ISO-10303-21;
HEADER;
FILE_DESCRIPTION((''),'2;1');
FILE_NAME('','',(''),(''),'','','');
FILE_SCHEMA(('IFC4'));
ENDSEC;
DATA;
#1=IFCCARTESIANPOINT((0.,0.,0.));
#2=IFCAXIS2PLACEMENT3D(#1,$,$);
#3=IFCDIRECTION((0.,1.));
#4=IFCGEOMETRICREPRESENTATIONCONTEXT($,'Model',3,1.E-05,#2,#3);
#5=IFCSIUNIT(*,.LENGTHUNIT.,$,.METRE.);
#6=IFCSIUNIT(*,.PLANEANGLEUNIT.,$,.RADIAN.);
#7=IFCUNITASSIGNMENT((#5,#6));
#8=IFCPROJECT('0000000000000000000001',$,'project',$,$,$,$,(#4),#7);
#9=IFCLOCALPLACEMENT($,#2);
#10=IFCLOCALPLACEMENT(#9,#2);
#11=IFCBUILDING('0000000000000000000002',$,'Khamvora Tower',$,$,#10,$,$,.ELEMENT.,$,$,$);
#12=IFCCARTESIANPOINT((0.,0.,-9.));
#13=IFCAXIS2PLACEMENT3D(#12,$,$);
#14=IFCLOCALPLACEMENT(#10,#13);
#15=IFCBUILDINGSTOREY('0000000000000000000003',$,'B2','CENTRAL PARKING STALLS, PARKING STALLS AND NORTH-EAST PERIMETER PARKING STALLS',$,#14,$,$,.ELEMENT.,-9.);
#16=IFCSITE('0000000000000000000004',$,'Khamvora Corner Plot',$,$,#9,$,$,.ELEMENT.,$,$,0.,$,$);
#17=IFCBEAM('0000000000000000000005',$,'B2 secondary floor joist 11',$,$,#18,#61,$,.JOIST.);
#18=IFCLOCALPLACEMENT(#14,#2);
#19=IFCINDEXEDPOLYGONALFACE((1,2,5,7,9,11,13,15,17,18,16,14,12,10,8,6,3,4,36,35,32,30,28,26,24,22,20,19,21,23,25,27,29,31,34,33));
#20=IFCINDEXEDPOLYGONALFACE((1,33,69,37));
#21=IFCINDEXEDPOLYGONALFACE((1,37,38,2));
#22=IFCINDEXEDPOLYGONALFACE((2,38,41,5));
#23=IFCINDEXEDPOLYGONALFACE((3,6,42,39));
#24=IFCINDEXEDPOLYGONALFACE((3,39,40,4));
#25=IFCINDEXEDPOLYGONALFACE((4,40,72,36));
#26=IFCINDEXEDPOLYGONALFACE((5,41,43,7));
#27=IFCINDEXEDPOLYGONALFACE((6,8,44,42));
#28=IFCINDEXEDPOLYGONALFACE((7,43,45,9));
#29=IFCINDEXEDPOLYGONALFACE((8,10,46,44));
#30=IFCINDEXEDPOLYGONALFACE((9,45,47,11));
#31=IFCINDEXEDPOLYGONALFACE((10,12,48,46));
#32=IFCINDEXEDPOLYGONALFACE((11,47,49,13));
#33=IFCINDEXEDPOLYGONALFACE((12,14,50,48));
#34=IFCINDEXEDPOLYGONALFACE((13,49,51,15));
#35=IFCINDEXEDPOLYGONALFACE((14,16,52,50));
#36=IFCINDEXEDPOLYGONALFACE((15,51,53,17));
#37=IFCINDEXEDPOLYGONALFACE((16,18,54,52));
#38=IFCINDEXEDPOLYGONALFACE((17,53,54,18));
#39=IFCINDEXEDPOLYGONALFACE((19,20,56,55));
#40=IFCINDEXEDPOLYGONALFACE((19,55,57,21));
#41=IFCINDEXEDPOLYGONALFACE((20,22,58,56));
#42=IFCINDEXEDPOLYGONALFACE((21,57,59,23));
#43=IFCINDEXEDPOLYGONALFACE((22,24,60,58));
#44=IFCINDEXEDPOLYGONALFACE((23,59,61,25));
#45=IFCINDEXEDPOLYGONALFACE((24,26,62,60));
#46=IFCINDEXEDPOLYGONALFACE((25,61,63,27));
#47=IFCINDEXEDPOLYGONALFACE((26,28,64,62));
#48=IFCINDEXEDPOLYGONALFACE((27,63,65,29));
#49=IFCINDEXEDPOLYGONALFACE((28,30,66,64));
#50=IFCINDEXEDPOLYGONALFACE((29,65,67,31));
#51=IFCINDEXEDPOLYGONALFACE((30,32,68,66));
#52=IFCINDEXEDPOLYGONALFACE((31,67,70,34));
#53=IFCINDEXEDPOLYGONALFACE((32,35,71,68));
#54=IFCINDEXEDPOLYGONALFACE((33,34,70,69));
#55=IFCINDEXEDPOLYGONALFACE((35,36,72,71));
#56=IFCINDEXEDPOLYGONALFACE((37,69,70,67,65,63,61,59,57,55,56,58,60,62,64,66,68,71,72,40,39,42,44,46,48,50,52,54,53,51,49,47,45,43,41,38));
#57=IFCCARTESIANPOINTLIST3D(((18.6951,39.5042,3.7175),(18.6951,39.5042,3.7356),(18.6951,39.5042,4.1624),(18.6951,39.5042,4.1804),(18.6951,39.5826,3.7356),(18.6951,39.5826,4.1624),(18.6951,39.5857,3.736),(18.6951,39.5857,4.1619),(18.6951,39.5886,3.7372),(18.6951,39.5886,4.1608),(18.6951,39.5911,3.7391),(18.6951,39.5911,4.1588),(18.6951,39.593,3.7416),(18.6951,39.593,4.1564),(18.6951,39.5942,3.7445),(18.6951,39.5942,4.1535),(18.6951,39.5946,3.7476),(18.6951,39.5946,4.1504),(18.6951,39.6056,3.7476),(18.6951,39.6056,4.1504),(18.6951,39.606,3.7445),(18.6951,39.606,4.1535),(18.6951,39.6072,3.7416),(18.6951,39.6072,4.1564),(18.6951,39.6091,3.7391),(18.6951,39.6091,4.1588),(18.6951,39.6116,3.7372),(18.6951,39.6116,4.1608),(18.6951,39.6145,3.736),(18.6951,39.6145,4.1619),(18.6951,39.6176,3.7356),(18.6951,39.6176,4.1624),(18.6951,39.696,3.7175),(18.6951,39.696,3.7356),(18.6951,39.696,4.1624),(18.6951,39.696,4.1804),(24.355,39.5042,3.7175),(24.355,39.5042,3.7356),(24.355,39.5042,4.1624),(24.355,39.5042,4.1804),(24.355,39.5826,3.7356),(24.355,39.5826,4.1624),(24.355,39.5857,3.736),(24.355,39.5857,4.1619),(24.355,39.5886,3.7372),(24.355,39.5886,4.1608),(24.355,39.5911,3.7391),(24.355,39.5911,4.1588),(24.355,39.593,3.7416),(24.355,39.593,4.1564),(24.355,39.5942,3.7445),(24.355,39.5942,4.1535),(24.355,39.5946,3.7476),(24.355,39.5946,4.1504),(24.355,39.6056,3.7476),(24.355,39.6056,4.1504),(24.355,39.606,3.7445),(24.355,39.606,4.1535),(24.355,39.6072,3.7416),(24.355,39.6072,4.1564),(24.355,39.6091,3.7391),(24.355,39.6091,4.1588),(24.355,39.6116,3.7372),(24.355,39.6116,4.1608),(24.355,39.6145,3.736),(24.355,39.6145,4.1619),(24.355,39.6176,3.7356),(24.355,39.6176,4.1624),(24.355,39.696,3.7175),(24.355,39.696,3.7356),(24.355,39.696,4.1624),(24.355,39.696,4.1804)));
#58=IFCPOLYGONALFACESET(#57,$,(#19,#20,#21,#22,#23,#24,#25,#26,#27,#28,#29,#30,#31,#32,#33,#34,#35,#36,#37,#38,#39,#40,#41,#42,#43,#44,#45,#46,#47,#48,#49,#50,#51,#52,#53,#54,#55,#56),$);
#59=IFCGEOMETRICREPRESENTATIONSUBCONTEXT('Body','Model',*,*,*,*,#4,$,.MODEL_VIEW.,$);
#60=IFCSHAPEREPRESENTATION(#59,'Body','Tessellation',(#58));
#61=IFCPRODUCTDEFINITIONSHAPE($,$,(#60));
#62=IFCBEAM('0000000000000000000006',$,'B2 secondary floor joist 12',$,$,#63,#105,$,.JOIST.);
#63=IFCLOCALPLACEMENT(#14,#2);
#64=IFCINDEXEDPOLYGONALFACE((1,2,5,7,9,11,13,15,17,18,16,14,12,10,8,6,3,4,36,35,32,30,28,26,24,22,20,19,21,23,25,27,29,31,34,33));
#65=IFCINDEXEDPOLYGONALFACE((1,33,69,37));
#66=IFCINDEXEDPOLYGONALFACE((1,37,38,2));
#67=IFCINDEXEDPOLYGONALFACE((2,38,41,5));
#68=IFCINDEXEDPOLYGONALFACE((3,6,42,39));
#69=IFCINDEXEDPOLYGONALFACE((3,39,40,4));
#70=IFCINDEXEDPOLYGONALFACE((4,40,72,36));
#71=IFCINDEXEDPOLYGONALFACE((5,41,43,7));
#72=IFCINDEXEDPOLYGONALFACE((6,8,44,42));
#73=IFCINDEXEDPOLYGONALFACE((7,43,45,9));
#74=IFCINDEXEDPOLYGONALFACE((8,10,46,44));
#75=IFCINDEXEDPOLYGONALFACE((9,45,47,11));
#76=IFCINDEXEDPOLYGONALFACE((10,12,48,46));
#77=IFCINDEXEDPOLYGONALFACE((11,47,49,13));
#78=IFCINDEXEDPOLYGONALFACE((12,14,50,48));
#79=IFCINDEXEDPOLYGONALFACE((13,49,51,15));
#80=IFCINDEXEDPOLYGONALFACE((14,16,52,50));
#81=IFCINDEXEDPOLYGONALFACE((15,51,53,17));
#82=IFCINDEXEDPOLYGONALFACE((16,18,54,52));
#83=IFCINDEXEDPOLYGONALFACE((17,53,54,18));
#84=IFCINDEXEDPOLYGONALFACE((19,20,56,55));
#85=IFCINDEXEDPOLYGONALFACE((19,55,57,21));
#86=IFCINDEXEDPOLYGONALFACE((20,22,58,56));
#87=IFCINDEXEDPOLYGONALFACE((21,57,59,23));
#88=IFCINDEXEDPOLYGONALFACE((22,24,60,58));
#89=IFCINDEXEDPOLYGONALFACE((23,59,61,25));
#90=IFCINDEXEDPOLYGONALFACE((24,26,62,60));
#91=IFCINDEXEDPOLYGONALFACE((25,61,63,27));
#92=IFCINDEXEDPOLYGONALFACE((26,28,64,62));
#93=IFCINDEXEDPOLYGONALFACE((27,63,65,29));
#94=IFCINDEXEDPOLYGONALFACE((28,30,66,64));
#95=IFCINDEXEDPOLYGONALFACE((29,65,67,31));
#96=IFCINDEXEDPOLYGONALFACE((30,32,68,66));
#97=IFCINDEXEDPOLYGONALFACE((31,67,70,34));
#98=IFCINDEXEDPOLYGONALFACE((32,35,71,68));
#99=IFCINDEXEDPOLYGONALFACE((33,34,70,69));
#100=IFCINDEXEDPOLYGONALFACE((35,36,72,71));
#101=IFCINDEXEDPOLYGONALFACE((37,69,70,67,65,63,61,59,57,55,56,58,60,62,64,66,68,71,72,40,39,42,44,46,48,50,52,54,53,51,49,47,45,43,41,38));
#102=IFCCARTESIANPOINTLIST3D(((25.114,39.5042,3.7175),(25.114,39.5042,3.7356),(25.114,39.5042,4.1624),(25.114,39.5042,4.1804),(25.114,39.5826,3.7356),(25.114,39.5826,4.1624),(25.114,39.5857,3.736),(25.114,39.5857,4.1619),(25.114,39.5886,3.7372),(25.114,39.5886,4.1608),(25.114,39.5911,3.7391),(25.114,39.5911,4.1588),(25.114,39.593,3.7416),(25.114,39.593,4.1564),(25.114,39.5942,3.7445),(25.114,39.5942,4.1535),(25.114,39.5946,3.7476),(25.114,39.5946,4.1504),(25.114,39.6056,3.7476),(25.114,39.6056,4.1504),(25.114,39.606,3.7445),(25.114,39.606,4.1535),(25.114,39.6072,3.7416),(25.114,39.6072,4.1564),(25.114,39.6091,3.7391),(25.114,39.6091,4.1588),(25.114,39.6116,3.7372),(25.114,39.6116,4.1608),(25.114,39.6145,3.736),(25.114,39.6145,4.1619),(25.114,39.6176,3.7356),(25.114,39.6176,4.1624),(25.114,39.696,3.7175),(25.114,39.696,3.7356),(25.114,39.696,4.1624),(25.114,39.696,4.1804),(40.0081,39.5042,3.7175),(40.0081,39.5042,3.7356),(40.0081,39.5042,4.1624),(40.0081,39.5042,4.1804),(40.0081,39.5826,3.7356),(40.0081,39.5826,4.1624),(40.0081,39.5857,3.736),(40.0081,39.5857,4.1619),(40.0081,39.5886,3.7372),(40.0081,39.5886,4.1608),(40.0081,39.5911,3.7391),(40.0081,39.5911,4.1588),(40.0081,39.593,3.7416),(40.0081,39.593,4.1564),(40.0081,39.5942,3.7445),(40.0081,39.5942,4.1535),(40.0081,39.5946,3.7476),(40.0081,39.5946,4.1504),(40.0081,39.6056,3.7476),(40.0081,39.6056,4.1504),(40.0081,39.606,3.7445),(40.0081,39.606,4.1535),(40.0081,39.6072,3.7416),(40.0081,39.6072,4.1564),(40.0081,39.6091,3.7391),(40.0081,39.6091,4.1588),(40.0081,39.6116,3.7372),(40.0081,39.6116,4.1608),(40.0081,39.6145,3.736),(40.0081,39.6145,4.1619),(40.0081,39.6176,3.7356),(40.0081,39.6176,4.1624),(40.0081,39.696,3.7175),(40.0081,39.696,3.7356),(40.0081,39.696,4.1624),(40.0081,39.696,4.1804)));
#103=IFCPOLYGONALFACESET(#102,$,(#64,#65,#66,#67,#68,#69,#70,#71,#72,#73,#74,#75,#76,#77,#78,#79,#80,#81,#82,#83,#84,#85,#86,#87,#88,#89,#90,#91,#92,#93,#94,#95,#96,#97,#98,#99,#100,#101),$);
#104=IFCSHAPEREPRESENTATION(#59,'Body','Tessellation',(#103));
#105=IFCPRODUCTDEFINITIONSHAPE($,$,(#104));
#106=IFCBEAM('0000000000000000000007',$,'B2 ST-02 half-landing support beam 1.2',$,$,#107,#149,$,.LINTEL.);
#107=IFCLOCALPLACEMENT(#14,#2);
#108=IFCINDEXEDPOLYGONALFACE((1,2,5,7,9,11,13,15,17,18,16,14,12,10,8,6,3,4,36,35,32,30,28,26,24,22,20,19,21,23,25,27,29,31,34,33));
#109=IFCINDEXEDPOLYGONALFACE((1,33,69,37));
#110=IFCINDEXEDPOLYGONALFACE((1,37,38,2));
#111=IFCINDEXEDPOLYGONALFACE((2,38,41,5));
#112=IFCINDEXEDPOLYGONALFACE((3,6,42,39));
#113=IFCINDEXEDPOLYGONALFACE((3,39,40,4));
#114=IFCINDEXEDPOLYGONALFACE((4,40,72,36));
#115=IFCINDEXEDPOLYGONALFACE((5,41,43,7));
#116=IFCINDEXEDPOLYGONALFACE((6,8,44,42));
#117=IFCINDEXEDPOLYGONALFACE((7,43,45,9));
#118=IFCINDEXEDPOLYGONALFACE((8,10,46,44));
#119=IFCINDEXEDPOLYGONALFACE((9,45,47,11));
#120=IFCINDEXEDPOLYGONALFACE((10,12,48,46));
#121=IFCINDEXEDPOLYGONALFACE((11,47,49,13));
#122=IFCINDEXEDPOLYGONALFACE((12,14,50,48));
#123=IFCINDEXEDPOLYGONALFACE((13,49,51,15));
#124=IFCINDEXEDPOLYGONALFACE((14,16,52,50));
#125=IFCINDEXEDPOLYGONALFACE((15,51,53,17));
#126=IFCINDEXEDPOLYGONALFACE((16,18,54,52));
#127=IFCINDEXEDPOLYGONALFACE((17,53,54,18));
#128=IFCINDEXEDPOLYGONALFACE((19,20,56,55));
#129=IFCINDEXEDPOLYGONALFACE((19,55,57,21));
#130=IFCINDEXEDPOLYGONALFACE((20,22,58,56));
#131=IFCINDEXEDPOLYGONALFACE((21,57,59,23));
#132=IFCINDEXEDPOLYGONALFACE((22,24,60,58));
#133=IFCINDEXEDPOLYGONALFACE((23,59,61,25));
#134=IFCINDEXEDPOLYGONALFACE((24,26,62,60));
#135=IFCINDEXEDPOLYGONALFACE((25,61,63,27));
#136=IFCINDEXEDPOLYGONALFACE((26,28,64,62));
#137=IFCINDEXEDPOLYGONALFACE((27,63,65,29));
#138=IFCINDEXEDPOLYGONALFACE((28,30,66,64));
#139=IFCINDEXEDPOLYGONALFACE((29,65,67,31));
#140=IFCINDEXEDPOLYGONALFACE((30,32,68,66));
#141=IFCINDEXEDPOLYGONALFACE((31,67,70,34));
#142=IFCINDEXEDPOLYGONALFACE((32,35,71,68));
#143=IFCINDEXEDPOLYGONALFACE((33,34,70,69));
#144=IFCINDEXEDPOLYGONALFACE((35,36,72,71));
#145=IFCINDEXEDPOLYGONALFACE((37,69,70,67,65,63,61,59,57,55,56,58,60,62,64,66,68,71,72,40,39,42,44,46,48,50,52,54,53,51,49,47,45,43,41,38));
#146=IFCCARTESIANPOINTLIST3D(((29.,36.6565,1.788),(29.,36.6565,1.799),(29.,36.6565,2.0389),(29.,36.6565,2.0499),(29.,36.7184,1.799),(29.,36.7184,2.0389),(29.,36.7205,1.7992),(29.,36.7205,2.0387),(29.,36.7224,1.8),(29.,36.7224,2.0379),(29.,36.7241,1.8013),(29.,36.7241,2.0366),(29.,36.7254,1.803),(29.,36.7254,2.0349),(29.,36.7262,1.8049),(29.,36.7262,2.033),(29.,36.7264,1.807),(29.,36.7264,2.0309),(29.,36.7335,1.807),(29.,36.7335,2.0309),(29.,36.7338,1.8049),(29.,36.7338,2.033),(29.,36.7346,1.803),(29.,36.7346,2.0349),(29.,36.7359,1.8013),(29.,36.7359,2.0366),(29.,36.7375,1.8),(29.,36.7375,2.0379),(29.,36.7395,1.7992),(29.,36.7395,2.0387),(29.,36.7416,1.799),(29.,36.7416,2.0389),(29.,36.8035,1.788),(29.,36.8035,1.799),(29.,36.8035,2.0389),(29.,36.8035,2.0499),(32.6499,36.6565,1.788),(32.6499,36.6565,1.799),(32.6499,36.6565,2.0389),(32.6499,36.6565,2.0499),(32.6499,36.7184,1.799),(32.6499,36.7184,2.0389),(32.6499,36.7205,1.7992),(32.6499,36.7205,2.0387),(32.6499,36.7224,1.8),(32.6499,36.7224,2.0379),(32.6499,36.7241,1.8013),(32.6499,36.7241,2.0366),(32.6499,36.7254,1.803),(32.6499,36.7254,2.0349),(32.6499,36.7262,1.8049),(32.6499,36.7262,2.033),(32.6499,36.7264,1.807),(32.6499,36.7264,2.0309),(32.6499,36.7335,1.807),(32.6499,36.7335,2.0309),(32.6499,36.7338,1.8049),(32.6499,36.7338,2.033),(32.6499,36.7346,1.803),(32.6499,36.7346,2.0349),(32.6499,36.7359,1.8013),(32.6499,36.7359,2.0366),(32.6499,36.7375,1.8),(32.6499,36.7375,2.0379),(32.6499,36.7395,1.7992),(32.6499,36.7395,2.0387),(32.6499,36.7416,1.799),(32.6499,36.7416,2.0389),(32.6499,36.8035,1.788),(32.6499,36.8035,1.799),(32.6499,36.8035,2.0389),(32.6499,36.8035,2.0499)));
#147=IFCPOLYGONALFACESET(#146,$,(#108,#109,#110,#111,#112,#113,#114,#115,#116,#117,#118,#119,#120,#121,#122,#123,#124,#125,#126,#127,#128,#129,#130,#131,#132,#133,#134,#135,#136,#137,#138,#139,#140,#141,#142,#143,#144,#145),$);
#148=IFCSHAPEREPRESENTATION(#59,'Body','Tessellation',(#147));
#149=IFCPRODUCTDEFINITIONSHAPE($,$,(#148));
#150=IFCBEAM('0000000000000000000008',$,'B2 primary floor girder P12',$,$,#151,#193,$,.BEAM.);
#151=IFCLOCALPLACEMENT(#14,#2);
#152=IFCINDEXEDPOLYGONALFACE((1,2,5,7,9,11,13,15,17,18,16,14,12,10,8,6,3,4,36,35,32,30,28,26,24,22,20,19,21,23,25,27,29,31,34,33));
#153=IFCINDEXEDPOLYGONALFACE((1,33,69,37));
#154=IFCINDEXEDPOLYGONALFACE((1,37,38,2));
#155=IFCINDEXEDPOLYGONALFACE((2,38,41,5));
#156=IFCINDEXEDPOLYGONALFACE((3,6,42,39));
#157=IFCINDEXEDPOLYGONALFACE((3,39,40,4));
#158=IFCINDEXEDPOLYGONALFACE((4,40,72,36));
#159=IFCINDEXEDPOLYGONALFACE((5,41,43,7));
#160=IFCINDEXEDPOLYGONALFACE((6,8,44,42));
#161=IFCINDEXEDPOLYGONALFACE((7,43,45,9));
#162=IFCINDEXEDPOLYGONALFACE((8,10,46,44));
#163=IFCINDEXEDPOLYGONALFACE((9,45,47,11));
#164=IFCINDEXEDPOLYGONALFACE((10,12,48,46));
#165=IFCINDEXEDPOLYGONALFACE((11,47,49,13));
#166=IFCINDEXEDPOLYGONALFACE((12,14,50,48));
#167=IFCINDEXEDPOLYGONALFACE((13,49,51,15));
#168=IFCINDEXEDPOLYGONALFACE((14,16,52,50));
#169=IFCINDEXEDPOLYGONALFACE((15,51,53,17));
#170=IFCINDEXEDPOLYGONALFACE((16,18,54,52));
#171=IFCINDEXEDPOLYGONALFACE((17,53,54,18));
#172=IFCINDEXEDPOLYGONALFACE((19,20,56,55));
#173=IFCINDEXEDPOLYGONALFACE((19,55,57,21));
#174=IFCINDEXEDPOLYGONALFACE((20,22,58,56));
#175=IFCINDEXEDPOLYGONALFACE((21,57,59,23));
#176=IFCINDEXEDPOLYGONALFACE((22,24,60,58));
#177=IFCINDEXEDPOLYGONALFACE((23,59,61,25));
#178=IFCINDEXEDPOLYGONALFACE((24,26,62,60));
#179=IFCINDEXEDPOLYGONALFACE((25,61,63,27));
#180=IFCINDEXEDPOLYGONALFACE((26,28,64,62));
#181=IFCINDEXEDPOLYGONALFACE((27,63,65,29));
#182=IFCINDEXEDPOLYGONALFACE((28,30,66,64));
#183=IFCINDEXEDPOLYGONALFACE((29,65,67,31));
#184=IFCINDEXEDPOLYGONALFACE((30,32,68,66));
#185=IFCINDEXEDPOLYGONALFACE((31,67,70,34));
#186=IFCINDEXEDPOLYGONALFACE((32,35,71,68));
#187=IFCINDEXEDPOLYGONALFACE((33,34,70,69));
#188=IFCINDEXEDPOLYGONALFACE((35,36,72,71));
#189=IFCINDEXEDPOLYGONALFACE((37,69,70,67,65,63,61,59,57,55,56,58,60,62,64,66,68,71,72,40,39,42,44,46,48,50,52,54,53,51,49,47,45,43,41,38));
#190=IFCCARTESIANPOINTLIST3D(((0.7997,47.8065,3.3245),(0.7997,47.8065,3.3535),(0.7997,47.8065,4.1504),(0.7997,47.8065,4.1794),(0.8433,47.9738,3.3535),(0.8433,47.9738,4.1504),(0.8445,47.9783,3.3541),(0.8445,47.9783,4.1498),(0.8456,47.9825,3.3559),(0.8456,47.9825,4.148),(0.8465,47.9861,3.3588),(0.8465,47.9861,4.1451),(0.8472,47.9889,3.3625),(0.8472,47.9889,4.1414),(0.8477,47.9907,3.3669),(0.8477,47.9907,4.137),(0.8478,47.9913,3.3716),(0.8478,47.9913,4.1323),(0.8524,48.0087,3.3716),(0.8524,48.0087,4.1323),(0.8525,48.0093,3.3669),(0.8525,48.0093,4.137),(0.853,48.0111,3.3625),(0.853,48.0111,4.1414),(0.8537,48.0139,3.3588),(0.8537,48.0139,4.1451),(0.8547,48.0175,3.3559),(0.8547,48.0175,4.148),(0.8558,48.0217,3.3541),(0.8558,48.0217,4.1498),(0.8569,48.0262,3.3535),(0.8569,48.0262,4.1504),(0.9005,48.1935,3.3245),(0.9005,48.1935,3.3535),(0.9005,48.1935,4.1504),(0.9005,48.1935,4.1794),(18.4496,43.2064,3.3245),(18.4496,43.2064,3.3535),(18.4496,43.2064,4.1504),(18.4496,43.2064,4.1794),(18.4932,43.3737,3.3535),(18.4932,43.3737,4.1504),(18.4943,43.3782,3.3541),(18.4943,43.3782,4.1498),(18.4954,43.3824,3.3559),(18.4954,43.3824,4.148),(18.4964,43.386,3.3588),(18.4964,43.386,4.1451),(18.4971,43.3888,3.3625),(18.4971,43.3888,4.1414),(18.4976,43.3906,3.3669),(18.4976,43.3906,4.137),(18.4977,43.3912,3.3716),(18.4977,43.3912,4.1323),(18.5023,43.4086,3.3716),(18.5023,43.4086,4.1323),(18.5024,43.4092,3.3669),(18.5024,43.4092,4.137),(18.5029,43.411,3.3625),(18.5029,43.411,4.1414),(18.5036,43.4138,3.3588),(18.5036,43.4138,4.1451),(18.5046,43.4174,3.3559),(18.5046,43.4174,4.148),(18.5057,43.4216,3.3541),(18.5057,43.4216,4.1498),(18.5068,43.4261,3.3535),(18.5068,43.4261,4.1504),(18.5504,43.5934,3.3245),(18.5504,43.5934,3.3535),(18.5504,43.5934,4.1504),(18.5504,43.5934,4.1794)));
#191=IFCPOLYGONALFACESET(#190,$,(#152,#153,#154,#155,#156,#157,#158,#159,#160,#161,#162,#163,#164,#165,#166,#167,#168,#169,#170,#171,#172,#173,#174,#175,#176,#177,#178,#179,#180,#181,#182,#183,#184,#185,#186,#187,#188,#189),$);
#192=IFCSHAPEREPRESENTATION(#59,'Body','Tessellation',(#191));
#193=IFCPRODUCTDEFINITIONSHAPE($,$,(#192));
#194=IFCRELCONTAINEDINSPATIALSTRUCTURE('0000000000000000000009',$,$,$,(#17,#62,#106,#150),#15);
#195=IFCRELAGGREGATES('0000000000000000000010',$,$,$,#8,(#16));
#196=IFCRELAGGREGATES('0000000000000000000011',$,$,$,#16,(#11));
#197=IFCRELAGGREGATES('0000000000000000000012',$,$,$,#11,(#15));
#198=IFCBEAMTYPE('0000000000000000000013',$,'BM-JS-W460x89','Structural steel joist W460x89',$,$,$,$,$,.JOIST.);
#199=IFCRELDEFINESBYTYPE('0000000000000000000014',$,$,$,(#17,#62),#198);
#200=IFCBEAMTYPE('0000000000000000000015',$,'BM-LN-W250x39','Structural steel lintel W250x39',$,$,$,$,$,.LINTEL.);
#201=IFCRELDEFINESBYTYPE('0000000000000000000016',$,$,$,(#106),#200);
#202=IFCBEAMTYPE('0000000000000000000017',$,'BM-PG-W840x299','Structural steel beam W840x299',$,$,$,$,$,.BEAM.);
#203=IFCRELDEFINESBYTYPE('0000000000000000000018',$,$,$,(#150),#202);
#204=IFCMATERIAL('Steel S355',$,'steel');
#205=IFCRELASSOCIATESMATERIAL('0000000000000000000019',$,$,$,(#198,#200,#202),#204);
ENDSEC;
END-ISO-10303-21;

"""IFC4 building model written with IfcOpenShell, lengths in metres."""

from ifc_helpers import new_model, si_unit, direction, frame, origin, origin_2d, place, context, subcontext, project, spatial, i_section, extrude, material, material_profile, profile_set, type_object, element, save


model = new_model("IFC4")

# Units and contexts
model_context = context("Model", 3, precision=1e-05, world=origin(), true_north=direction((0.0, 1.0)))
body_context = subcontext(model_context, "Body", "Model", "MODEL_VIEW")
ifc_project = project(units=[si_unit("LENGTHUNIT", "METRE"), si_unit("PLANEANGLEUNIT", "RADIAN")], contexts=[model_context])

# Site, building, storey
site_placement = place(None, origin())
site = spatial("IfcSite", under=ifc_project, at=site_placement, Name="Khamvora Corner Plot", CompositionType="ELEMENT", RefElevation=0.0)
building_placement = place(site_placement, origin())
building = spatial("IfcBuilding", under=site, at=building_placement, Name="Khamvora Tower", CompositionType="ELEMENT")
storey_placement = place(building_placement, frame((0.0, 0.0, -9.0)))
storey = spatial("IfcBuildingStorey", under=building, at=storey_placement, Name="B2", Description="CENTRAL PARKING STALLS, PARKING STALLS AND NORTH-EAST PERIMETER PARKING STALLS", CompositionType="ELEMENT", Elevation=-9.0)

# Beams
ifc_material_1 = material(Name="Steel S355", Category="steel")
ifc_material_profile_1 = material_profile(ifc_material_1, i_section(OverallWidth=0.1919, OverallDepth=0.4629, WebThickness=0.011, FlangeThickness=0.0181, FilletRadius=0.012, at=origin_2d()), Name="W460x89")
ifc_profile_set_1 = profile_set([ifc_material_profile_1], Name="Steel S355")
beam_type_1 = type_object("IfcBeamType", Name="BM-JS-W460x89", Description="Structural steel joist W460x89", PredefinedType="JOIST", material=ifc_profile_set_1)
beam_1_placement = place(storey_placement, frame((18.6951, 39.6001, 3.949), z_axis=(1.0, 0.0, 0.0), x_axis=(0.0, 1.0, 0.0)))
element("IfcBeam", 1, at=beam_1_placement, inside=storey, type_object=beam_type_1, Name="B2 secondary floor joist 11", PredefinedType="JOIST", context=body_context, shape_type="SweptSolid", body=[
    extrude(i_section(OverallWidth=0.1919, OverallDepth=0.4629, WebThickness=0.011, FlangeThickness=0.0181, FilletRadius=0.012, at=origin_2d()), origin(), (0.0, 0.0, 1.0), 5.6599),
])
beam_2_placement = place(storey_placement, frame((25.114, 39.6001, 3.949), z_axis=(1.0, 0.0, 0.0), x_axis=(0.0, 1.0, 0.0)))
element("IfcBeam", 2, at=beam_2_placement, inside=storey, type_object=beam_type_1, Name="B2 secondary floor joist 12", PredefinedType="JOIST", context=body_context, shape_type="SweptSolid", body=[
    extrude(i_section(OverallWidth=0.1919, OverallDepth=0.4629, WebThickness=0.011, FlangeThickness=0.0181, FilletRadius=0.012, at=origin_2d()), origin(), (0.0, 0.0, 1.0), 14.894),
])
ifc_material_profile_2 = material_profile(ifc_material_1, i_section(OverallWidth=0.147, OverallDepth=0.262, WebThickness=0.0071, FlangeThickness=0.011, FilletRadius=0.0081, at=origin_2d()), Name="W250x39")
ifc_profile_set_2 = profile_set([ifc_material_profile_2], Name="Steel S355")
beam_type_2 = type_object("IfcBeamType", Name="BM-LN-W250x39", Description="Structural steel lintel W250x39", PredefinedType="LINTEL", material=ifc_profile_set_2)
beam_3_placement = place(storey_placement, frame((29.0, 36.73, 1.9189), z_axis=(1.0, 0.0, 0.0), x_axis=(0.0, 1.0, 0.0)))
element("IfcBeam", 3, at=beam_3_placement, inside=storey, type_object=beam_type_2, Name="B2 ST-02 half-landing support beam 1.2", PredefinedType="LINTEL", context=body_context, shape_type="SweptSolid", body=[
    extrude(i_section(OverallWidth=0.147, OverallDepth=0.262, WebThickness=0.0071, FlangeThickness=0.011, FilletRadius=0.0081, at=origin_2d()), origin(), (0.0, 0.0, 1.0), 3.6499),
])
ifc_material_profile_3 = material_profile(ifc_material_1, i_section(OverallWidth=0.3999, OverallDepth=0.855, WebThickness=0.0181, FlangeThickness=0.0291, FilletRadius=0.0181, at=origin_2d()), Name="W840x299")
ifc_profile_set_3 = profile_set([ifc_material_profile_3], Name="Steel S355")
beam_type_3 = type_object("IfcBeamType", Name="BM-PG-W840x299", Description="Structural steel beam W840x299", PredefinedType="BEAM", material=ifc_profile_set_3)
beam_4_placement = place(storey_placement, frame((18.5, 43.3999, 3.752), z_axis=(-0.967674, 0.252205, 0.0), x_axis=(-0.252205, -0.967674, 0.0)))
element("IfcBeam", 4, at=beam_4_placement, inside=storey, type_object=beam_type_3, Name="B2 primary floor girder P12", PredefinedType="BEAM", context=body_context, shape_type="SweptSolid", body=[
    extrude(i_section(OverallWidth=0.3999, OverallDepth=0.855, WebThickness=0.0181, FlangeThickness=0.0291, FilletRadius=0.0181, at=origin_2d()), origin(), (0.0, 0.0, 1.0), 18.2395),
])

save(model, "model.ifc")
